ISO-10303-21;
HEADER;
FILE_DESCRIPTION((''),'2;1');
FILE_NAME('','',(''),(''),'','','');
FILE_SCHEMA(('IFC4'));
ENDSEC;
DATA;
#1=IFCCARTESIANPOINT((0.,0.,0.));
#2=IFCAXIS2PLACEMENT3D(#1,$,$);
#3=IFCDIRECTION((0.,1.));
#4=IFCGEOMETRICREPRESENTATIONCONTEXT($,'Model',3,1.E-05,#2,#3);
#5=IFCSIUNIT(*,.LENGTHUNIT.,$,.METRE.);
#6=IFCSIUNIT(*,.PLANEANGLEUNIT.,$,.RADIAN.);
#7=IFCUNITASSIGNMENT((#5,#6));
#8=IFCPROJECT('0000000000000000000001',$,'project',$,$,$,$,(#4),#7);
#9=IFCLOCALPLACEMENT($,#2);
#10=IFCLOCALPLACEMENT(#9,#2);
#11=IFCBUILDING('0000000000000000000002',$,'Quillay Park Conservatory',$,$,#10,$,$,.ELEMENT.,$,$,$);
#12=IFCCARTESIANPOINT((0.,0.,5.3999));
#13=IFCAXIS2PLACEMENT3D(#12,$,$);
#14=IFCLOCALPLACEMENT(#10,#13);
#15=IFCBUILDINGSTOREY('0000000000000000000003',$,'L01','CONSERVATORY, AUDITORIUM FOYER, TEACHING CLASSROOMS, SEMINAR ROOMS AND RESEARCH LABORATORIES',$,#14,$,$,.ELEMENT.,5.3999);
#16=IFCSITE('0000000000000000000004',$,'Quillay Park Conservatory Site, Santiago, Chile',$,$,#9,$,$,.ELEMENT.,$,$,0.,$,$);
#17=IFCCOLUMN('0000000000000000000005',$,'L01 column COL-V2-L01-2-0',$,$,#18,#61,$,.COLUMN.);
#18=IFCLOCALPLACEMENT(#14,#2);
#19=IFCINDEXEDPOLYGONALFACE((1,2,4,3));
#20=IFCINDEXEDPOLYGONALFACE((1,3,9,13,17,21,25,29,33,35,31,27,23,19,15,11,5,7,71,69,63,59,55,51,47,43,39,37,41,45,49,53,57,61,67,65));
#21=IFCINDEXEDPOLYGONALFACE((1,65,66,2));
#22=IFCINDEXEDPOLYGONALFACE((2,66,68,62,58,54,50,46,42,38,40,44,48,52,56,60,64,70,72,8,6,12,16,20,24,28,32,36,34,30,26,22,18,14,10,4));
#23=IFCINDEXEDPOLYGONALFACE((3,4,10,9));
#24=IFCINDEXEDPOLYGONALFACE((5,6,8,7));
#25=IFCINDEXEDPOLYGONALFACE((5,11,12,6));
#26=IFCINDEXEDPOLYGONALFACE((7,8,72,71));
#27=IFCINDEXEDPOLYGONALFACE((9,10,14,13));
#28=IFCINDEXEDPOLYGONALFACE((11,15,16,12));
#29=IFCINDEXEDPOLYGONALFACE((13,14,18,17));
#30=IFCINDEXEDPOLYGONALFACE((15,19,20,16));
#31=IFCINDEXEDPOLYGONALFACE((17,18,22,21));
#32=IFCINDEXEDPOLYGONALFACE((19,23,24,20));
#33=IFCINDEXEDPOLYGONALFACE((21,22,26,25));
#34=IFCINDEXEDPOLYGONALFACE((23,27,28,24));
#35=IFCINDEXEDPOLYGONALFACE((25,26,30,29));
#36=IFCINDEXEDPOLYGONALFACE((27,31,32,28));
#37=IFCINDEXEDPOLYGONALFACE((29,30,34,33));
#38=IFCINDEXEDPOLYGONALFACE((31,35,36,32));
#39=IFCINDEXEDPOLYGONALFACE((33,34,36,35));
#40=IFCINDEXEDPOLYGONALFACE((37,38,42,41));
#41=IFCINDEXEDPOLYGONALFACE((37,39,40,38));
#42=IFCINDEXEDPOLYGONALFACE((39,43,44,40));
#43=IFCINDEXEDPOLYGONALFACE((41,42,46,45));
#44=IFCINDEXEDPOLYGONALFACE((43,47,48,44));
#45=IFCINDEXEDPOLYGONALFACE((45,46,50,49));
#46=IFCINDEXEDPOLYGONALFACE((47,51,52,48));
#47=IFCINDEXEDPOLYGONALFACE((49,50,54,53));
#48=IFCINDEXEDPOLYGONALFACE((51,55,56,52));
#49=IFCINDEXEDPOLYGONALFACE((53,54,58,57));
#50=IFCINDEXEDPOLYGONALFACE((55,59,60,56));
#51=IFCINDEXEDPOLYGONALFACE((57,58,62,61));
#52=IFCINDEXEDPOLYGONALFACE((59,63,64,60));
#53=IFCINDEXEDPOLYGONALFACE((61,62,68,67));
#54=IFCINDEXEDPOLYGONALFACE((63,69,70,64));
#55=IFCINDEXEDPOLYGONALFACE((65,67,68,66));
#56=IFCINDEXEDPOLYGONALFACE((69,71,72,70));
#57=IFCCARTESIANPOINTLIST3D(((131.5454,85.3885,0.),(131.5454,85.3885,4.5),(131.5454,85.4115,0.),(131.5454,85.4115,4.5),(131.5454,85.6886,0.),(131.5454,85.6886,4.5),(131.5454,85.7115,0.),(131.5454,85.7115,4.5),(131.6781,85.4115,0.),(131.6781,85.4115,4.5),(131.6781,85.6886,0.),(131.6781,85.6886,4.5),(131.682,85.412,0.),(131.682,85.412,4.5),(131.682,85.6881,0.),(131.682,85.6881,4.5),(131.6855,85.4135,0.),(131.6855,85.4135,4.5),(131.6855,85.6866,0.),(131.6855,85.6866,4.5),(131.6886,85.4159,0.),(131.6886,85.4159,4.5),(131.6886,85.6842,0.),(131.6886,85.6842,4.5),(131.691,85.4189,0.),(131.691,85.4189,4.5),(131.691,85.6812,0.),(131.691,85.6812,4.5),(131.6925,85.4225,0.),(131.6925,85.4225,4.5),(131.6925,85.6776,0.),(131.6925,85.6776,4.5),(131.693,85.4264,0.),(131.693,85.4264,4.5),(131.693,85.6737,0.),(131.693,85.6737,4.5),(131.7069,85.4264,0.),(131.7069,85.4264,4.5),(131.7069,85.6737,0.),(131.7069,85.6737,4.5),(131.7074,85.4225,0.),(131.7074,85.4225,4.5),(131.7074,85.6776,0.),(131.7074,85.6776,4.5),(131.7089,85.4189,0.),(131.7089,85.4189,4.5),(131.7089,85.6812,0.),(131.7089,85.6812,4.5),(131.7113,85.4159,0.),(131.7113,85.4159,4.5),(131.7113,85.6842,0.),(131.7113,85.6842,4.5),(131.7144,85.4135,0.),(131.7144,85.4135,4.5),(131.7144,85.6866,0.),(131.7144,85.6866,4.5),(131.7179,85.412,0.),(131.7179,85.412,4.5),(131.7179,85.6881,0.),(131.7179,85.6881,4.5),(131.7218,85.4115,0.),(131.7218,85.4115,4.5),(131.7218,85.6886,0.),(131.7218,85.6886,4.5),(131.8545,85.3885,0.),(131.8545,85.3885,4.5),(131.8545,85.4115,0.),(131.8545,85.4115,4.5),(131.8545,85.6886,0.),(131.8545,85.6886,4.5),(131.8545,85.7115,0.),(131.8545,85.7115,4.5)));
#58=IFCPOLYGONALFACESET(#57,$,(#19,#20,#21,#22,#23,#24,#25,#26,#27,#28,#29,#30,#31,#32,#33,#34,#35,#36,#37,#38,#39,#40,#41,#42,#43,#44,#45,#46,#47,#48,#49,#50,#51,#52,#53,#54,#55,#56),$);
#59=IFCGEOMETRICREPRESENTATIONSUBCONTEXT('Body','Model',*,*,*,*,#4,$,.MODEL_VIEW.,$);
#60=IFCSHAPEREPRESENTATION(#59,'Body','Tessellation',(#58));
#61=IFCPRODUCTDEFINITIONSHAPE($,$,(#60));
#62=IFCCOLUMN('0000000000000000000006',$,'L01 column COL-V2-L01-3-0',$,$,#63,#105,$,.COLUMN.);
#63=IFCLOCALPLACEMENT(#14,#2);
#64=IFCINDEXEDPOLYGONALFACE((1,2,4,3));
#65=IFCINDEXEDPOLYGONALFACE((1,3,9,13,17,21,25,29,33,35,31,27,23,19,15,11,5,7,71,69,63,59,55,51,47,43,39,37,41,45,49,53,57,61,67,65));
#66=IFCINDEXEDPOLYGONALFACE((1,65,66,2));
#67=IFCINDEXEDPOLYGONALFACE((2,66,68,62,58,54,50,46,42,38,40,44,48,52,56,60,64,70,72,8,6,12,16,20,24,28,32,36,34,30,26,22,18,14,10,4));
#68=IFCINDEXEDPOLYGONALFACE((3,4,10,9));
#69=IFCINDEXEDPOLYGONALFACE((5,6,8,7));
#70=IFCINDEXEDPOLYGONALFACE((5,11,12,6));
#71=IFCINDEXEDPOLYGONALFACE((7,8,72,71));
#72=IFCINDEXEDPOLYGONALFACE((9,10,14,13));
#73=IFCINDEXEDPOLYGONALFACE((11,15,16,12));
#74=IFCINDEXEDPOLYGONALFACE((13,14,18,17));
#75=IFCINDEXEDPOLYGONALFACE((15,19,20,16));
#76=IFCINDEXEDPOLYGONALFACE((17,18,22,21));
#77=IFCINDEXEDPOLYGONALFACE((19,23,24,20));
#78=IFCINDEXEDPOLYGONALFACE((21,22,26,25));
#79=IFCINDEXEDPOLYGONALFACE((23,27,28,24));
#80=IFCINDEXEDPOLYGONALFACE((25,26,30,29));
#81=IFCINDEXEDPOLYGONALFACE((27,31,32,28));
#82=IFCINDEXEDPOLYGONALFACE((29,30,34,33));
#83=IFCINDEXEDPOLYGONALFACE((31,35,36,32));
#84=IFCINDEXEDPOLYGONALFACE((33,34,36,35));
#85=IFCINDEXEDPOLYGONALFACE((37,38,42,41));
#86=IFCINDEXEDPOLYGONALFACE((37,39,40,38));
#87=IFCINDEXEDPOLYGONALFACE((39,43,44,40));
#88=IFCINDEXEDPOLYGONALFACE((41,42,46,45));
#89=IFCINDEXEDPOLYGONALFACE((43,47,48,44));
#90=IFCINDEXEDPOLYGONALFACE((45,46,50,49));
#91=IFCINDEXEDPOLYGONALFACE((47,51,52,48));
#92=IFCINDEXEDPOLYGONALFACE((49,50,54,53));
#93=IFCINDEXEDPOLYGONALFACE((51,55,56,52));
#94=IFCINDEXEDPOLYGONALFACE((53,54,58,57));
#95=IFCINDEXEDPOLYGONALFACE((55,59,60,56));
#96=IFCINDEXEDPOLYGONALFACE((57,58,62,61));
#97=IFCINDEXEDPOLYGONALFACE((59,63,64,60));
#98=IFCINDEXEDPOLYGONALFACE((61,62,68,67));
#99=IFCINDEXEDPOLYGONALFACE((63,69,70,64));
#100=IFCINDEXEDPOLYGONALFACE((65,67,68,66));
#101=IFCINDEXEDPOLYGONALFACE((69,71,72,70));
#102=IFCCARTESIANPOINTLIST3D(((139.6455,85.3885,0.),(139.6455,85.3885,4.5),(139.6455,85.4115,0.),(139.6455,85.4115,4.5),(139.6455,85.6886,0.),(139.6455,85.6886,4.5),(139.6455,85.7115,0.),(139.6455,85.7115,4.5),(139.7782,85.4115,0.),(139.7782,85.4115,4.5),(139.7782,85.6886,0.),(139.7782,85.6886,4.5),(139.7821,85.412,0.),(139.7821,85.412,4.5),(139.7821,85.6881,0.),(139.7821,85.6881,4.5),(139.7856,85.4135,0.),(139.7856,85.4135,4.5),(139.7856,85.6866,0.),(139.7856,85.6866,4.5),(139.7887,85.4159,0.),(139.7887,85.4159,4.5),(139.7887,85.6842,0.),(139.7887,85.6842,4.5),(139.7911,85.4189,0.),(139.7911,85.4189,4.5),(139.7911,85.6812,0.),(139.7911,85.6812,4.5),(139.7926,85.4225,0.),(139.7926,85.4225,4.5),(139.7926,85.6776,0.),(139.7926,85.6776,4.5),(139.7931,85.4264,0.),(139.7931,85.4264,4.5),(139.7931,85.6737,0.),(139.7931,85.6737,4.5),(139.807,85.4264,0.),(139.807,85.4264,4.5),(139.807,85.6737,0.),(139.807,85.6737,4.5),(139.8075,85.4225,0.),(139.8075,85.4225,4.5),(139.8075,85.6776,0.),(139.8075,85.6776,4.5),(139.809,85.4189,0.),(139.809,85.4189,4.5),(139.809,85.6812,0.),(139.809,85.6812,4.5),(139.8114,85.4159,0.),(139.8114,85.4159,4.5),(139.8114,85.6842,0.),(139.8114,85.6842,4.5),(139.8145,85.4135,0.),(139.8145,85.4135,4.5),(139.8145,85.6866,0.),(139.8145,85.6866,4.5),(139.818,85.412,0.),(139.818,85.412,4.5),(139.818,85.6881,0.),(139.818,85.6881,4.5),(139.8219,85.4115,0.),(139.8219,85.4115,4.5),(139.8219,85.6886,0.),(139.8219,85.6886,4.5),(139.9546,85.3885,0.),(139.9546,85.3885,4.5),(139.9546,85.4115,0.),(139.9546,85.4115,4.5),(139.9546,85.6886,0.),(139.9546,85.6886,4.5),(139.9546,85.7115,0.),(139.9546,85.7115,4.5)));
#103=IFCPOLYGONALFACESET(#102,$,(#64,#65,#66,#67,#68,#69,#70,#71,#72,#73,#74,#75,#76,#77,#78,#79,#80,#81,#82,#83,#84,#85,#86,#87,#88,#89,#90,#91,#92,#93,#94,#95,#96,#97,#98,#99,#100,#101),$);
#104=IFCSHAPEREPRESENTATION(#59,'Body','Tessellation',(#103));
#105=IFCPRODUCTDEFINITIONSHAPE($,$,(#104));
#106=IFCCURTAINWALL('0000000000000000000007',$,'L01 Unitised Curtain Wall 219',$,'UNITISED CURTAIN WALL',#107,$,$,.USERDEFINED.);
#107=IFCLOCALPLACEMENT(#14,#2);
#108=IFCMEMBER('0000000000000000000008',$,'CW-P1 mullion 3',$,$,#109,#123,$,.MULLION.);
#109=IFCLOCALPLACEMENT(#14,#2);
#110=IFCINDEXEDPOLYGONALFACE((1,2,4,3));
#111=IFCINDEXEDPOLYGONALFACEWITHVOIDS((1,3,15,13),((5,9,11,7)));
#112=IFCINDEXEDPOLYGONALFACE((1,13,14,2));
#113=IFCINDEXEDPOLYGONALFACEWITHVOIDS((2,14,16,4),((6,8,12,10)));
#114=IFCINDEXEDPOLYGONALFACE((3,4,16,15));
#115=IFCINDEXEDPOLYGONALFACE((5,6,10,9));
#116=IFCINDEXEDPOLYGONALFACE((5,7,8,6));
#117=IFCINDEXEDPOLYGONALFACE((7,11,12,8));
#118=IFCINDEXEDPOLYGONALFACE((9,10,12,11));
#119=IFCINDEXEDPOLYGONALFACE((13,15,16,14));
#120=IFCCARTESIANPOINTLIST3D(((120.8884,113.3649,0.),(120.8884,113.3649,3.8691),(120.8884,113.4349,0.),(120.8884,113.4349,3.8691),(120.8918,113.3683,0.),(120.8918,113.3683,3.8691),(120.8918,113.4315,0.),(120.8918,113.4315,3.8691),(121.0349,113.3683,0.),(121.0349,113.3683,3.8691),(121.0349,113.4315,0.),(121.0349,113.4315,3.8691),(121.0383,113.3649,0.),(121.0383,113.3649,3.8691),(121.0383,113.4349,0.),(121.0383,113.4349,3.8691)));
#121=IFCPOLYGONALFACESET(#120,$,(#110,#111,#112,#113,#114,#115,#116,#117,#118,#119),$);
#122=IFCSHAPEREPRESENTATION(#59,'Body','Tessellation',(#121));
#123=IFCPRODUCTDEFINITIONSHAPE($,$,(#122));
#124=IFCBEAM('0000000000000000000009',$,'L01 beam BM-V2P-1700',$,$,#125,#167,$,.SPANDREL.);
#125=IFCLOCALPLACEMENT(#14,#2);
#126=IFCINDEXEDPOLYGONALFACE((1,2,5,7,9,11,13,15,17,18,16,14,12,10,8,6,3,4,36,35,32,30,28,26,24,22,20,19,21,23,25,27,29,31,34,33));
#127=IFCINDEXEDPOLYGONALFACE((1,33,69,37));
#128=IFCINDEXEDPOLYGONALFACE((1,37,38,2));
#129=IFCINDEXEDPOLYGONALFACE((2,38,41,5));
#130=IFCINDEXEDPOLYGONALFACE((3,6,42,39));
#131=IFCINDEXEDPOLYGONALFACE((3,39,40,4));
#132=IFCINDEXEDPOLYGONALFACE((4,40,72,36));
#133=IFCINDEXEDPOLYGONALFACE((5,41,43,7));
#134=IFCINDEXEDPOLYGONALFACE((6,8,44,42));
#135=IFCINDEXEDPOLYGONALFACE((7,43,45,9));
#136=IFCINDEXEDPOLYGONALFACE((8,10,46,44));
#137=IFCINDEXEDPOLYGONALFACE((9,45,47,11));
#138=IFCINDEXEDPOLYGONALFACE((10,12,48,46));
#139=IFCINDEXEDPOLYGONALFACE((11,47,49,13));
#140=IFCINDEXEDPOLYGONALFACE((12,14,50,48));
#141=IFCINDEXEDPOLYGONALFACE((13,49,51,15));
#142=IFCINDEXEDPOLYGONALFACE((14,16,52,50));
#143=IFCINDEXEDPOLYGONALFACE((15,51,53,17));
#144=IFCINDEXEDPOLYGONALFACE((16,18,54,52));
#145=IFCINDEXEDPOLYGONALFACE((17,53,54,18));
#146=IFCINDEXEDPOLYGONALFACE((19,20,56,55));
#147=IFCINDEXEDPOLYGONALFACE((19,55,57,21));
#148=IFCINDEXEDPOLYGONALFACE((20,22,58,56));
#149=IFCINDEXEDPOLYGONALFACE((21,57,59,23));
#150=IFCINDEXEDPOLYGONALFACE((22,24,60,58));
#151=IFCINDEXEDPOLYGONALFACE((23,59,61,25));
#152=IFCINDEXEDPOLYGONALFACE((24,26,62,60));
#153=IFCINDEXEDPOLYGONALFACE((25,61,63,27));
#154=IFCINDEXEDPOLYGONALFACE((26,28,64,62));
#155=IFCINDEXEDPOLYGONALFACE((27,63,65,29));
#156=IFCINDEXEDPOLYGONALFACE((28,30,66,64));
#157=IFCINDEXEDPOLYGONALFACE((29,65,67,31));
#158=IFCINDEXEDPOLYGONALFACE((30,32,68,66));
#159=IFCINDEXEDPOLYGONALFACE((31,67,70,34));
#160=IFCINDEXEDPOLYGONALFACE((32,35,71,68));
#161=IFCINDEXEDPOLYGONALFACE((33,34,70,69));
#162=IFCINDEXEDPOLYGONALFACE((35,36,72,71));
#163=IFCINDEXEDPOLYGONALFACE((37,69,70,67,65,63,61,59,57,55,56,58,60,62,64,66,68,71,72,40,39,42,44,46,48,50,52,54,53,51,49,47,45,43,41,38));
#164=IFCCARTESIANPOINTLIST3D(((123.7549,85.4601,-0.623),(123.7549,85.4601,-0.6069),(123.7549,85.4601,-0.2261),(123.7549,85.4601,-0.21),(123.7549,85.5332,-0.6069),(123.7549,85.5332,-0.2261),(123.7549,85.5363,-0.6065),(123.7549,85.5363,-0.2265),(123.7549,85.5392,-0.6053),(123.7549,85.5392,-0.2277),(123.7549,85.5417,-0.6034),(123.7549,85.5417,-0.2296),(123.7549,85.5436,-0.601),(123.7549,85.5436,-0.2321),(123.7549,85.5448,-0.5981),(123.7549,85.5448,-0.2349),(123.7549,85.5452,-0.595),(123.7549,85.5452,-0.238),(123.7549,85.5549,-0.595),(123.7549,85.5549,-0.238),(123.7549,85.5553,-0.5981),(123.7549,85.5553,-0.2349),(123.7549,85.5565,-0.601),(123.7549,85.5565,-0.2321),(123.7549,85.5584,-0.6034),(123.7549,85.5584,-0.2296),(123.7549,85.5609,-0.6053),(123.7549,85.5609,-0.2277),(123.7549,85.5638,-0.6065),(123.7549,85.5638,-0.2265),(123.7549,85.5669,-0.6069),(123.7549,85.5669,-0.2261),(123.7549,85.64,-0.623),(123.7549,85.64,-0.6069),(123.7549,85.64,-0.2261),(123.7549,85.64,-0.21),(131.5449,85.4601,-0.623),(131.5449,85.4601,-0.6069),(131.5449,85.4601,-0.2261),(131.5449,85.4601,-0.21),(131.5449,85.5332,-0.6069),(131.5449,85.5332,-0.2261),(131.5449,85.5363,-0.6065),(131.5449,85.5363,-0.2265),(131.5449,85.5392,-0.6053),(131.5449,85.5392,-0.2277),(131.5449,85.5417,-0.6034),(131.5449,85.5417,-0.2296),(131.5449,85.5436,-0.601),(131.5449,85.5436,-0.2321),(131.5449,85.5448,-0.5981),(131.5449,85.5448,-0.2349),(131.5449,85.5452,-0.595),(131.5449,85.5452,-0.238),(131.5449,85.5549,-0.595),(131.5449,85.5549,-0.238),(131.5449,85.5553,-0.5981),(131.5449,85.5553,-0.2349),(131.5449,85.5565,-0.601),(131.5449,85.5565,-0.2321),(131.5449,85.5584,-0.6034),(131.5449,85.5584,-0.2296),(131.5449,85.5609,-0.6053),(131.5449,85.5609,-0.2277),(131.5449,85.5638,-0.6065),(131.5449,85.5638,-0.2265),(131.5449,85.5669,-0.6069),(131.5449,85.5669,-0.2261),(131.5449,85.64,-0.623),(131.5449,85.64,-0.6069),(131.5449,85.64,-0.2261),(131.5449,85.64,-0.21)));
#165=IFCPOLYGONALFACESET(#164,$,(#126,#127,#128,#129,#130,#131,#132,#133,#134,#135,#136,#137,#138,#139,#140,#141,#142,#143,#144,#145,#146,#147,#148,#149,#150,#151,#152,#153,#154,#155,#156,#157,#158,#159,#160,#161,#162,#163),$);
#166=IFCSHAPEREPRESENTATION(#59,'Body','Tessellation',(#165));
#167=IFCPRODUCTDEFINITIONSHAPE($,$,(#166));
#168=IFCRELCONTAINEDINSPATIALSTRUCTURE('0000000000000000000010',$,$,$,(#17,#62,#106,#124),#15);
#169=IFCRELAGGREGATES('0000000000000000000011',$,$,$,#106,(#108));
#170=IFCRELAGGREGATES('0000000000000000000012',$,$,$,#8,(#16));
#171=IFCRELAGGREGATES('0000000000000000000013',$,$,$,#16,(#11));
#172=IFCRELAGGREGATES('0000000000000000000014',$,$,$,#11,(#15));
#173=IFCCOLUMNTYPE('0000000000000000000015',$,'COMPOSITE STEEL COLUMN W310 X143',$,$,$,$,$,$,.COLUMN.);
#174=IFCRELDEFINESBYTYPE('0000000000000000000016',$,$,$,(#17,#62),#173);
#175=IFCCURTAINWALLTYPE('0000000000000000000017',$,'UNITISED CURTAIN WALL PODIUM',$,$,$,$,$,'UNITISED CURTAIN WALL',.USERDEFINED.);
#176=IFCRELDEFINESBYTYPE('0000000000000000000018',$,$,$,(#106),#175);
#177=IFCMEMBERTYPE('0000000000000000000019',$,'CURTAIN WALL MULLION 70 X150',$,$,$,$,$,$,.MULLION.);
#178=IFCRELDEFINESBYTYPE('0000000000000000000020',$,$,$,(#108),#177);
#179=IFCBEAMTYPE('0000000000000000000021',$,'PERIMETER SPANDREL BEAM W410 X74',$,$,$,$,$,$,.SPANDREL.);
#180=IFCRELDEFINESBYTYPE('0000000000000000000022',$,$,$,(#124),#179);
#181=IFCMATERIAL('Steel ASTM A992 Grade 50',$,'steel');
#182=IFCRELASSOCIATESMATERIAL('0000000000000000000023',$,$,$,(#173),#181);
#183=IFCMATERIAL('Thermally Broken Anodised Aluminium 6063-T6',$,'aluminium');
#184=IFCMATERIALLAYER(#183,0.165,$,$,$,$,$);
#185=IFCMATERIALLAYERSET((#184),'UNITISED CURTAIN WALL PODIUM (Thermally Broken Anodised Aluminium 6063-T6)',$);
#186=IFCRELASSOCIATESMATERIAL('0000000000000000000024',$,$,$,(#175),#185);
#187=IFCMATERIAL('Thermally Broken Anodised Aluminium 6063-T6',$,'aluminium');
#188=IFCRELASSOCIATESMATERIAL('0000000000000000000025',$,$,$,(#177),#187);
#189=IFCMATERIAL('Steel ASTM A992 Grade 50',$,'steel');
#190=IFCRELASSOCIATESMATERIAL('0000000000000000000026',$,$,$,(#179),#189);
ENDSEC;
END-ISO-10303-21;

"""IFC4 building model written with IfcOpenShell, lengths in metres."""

from ifc_helpers import new_model, si_unit, direction, frame, origin, origin_2d, place, context, subcontext, project, spatial, hollow_rectangle, i_section, extrude, material, layer, layer_set, material_profile, profile_set, type_object, element, aggregate, save


model = new_model("IFC4")

# Units and contexts
model_context = context("Model", 3, precision=1e-05, world=origin(), true_north=direction((0.0, 1.0)))
body_context = subcontext(model_context, "Body", "Model", "MODEL_VIEW")
ifc_project = project(units=[si_unit("LENGTHUNIT", "METRE"), si_unit("PLANEANGLEUNIT", "RADIAN")], contexts=[model_context])

# Site, building, storey
site_placement = place(None, origin())
site = spatial("IfcSite", under=ifc_project, at=site_placement, Name="Quillay Park Conservatory Site, Santiago, Chile", CompositionType="ELEMENT", RefElevation=0.0)
building_placement = place(site_placement, origin())
building = spatial("IfcBuilding", under=site, at=building_placement, Name="Quillay Park Conservatory", CompositionType="ELEMENT")
storey_placement = place(building_placement, frame((0.0, 0.0, 5.3999)))
storey = spatial("IfcBuildingStorey", under=building, at=storey_placement, Name="L01", Description="CONSERVATORY, AUDITORIUM FOYER, TEACHING CLASSROOMS, SEMINAR ROOMS AND RESEARCH LABORATORIES", CompositionType="ELEMENT", Elevation=5.3999)

# Columns
ifc_material_1 = material(Name="Steel ASTM A992 Grade 50", Category="steel")
ifc_material_profile_1 = material_profile(ifc_material_1, i_section(OverallWidth=0.3091, OverallDepth=0.323, WebThickness=0.0139, FlangeThickness=0.0229, FilletRadius=0.0149, at=origin_2d()), Name="W310x143")
ifc_profile_set_1 = profile_set([ifc_material_profile_1], Name="Steel ASTM A992 Grade 50")
column_type = type_object("IfcColumnType", Name="COMPOSITE STEEL COLUMN W310 X143", PredefinedType="COLUMN", material=ifc_profile_set_1)
for number, where, z_axis, x_axis, name in (
    (1, (131.7, 85.55, 0.0), (0.0, 0.0, 1.0), (1.0, 0.0, 0.0), "L01 column COL-V2-L01-2-0"),
    (2, (139.8, 85.55, 0.0), (0.0, 0.0, 1.0), (1.0, 0.0, 0.0), "L01 column COL-V2-L01-3-0"),
):
    element("IfcColumn", number, at=place(storey_placement, frame(where, z_axis=z_axis, x_axis=x_axis)), inside=storey, type_object=column_type, Name=name, PredefinedType="COLUMN", context=body_context, shape_type="SweptSolid", body=[
        extrude(i_section(OverallWidth=0.3091, OverallDepth=0.323, WebThickness=0.0139, FlangeThickness=0.0229, FilletRadius=0.0149, at=origin_2d()), origin(), (0.0, 0.0, 1.0), 4.5),
    ])

# Curtain wall, member
ifc_material_2 = material(Name="Thermally Broken Anodised Aluminium 6063-T6", Category="aluminium")
ifc_layer_1 = layer(ifc_material_2, 0.165)
ifc_layer_set_1 = layer_set([ifc_layer_1], Name="UNITISED CURTAIN WALL PODIUM (Thermally Broken Anodised Aluminium 6063-T6)")
curtain_wall_type = type_object("IfcCurtainWallType", Name="UNITISED CURTAIN WALL PODIUM", ElementType="UNITISED CURTAIN WALL", PredefinedType="USERDEFINED", material=ifc_layer_set_1)
curtain_wall_placement = place(storey_placement, origin())
curtain_wall = element("IfcCurtainWall", 3, at=curtain_wall_placement, inside=storey, type_object=curtain_wall_type, Name="L01 Unitised Curtain Wall 219", ObjectType="UNITISED CURTAIN WALL", PredefinedType="USERDEFINED")
ifc_material_3 = material(Name="Thermally Broken Anodised Aluminium 6063-T6", Category="aluminium")
ifc_material_profile_2 = material_profile(ifc_material_3, hollow_rectangle(XDim=0.0701, YDim=0.1499, WallThickness=0.0034, at=origin_2d()), Name="AL70x150x3.5")
ifc_profile_set_2 = profile_set([ifc_material_profile_2], Name="Thermally Broken Anodised Aluminium 6063-T6")
member_type = type_object("IfcMemberType", Name="CURTAIN WALL MULLION 70 X150", PredefinedType="MULLION", material=ifc_profile_set_2)
member_placement = place(storey_placement, frame((120.9634, 113.3999, 0.0), z_axis=(0.0, 0.0, 1.0), x_axis=(0.0, 1.0, 0.0)))
member = element("IfcMember", 4, at=member_placement, type_object=member_type, Name="CW-P1 mullion 3", PredefinedType="MULLION", context=body_context, shape_type="SweptSolid", body=[
    extrude(hollow_rectangle(XDim=0.0701, YDim=0.1499, WallThickness=0.0034, at=origin_2d()), origin(), (0.0, 0.0, 1.0), 3.8691),
])

# Beam
ifc_material_4 = material(Name="Steel ASTM A992 Grade 50", Category="steel")
ifc_material_profile_3 = material_profile(ifc_material_4, i_section(OverallWidth=0.1799, OverallDepth=0.4131, WebThickness=0.0098, FlangeThickness=0.0161, FilletRadius=0.012, at=origin_2d()), Name="W410x74")
ifc_profile_set_3 = profile_set([ifc_material_profile_3], Name="Steel ASTM A992 Grade 50")
beam_type_1 = type_object("IfcBeamType", Name="PERIMETER SPANDREL BEAM W410 X74", PredefinedType="SPANDREL", material=ifc_profile_set_3)
for number, where, z_axis, x_axis, name in (
    (5, (123.7549, 85.55, -0.4165), (1.0, 0.0, 0.0), (0.0, 1.0, 0.0), "L01 beam BM-V2P-1700"),
):
    element("IfcBeam", number, at=place(storey_placement, frame(where, z_axis=z_axis, x_axis=x_axis)), inside=storey, type_object=beam_type_1, Name=name, PredefinedType="SPANDREL", context=body_context, shape_type="SweptSolid", body=[
        extrude(i_section(OverallWidth=0.1799, OverallDepth=0.4131, WebThickness=0.0098, FlangeThickness=0.0161, FilletRadius=0.012, at=origin_2d()), origin(), (0.0, 0.0, 1.0), 7.79),
    ])

aggregate(curtain_wall, [member])

save(model, "model.ifc")
